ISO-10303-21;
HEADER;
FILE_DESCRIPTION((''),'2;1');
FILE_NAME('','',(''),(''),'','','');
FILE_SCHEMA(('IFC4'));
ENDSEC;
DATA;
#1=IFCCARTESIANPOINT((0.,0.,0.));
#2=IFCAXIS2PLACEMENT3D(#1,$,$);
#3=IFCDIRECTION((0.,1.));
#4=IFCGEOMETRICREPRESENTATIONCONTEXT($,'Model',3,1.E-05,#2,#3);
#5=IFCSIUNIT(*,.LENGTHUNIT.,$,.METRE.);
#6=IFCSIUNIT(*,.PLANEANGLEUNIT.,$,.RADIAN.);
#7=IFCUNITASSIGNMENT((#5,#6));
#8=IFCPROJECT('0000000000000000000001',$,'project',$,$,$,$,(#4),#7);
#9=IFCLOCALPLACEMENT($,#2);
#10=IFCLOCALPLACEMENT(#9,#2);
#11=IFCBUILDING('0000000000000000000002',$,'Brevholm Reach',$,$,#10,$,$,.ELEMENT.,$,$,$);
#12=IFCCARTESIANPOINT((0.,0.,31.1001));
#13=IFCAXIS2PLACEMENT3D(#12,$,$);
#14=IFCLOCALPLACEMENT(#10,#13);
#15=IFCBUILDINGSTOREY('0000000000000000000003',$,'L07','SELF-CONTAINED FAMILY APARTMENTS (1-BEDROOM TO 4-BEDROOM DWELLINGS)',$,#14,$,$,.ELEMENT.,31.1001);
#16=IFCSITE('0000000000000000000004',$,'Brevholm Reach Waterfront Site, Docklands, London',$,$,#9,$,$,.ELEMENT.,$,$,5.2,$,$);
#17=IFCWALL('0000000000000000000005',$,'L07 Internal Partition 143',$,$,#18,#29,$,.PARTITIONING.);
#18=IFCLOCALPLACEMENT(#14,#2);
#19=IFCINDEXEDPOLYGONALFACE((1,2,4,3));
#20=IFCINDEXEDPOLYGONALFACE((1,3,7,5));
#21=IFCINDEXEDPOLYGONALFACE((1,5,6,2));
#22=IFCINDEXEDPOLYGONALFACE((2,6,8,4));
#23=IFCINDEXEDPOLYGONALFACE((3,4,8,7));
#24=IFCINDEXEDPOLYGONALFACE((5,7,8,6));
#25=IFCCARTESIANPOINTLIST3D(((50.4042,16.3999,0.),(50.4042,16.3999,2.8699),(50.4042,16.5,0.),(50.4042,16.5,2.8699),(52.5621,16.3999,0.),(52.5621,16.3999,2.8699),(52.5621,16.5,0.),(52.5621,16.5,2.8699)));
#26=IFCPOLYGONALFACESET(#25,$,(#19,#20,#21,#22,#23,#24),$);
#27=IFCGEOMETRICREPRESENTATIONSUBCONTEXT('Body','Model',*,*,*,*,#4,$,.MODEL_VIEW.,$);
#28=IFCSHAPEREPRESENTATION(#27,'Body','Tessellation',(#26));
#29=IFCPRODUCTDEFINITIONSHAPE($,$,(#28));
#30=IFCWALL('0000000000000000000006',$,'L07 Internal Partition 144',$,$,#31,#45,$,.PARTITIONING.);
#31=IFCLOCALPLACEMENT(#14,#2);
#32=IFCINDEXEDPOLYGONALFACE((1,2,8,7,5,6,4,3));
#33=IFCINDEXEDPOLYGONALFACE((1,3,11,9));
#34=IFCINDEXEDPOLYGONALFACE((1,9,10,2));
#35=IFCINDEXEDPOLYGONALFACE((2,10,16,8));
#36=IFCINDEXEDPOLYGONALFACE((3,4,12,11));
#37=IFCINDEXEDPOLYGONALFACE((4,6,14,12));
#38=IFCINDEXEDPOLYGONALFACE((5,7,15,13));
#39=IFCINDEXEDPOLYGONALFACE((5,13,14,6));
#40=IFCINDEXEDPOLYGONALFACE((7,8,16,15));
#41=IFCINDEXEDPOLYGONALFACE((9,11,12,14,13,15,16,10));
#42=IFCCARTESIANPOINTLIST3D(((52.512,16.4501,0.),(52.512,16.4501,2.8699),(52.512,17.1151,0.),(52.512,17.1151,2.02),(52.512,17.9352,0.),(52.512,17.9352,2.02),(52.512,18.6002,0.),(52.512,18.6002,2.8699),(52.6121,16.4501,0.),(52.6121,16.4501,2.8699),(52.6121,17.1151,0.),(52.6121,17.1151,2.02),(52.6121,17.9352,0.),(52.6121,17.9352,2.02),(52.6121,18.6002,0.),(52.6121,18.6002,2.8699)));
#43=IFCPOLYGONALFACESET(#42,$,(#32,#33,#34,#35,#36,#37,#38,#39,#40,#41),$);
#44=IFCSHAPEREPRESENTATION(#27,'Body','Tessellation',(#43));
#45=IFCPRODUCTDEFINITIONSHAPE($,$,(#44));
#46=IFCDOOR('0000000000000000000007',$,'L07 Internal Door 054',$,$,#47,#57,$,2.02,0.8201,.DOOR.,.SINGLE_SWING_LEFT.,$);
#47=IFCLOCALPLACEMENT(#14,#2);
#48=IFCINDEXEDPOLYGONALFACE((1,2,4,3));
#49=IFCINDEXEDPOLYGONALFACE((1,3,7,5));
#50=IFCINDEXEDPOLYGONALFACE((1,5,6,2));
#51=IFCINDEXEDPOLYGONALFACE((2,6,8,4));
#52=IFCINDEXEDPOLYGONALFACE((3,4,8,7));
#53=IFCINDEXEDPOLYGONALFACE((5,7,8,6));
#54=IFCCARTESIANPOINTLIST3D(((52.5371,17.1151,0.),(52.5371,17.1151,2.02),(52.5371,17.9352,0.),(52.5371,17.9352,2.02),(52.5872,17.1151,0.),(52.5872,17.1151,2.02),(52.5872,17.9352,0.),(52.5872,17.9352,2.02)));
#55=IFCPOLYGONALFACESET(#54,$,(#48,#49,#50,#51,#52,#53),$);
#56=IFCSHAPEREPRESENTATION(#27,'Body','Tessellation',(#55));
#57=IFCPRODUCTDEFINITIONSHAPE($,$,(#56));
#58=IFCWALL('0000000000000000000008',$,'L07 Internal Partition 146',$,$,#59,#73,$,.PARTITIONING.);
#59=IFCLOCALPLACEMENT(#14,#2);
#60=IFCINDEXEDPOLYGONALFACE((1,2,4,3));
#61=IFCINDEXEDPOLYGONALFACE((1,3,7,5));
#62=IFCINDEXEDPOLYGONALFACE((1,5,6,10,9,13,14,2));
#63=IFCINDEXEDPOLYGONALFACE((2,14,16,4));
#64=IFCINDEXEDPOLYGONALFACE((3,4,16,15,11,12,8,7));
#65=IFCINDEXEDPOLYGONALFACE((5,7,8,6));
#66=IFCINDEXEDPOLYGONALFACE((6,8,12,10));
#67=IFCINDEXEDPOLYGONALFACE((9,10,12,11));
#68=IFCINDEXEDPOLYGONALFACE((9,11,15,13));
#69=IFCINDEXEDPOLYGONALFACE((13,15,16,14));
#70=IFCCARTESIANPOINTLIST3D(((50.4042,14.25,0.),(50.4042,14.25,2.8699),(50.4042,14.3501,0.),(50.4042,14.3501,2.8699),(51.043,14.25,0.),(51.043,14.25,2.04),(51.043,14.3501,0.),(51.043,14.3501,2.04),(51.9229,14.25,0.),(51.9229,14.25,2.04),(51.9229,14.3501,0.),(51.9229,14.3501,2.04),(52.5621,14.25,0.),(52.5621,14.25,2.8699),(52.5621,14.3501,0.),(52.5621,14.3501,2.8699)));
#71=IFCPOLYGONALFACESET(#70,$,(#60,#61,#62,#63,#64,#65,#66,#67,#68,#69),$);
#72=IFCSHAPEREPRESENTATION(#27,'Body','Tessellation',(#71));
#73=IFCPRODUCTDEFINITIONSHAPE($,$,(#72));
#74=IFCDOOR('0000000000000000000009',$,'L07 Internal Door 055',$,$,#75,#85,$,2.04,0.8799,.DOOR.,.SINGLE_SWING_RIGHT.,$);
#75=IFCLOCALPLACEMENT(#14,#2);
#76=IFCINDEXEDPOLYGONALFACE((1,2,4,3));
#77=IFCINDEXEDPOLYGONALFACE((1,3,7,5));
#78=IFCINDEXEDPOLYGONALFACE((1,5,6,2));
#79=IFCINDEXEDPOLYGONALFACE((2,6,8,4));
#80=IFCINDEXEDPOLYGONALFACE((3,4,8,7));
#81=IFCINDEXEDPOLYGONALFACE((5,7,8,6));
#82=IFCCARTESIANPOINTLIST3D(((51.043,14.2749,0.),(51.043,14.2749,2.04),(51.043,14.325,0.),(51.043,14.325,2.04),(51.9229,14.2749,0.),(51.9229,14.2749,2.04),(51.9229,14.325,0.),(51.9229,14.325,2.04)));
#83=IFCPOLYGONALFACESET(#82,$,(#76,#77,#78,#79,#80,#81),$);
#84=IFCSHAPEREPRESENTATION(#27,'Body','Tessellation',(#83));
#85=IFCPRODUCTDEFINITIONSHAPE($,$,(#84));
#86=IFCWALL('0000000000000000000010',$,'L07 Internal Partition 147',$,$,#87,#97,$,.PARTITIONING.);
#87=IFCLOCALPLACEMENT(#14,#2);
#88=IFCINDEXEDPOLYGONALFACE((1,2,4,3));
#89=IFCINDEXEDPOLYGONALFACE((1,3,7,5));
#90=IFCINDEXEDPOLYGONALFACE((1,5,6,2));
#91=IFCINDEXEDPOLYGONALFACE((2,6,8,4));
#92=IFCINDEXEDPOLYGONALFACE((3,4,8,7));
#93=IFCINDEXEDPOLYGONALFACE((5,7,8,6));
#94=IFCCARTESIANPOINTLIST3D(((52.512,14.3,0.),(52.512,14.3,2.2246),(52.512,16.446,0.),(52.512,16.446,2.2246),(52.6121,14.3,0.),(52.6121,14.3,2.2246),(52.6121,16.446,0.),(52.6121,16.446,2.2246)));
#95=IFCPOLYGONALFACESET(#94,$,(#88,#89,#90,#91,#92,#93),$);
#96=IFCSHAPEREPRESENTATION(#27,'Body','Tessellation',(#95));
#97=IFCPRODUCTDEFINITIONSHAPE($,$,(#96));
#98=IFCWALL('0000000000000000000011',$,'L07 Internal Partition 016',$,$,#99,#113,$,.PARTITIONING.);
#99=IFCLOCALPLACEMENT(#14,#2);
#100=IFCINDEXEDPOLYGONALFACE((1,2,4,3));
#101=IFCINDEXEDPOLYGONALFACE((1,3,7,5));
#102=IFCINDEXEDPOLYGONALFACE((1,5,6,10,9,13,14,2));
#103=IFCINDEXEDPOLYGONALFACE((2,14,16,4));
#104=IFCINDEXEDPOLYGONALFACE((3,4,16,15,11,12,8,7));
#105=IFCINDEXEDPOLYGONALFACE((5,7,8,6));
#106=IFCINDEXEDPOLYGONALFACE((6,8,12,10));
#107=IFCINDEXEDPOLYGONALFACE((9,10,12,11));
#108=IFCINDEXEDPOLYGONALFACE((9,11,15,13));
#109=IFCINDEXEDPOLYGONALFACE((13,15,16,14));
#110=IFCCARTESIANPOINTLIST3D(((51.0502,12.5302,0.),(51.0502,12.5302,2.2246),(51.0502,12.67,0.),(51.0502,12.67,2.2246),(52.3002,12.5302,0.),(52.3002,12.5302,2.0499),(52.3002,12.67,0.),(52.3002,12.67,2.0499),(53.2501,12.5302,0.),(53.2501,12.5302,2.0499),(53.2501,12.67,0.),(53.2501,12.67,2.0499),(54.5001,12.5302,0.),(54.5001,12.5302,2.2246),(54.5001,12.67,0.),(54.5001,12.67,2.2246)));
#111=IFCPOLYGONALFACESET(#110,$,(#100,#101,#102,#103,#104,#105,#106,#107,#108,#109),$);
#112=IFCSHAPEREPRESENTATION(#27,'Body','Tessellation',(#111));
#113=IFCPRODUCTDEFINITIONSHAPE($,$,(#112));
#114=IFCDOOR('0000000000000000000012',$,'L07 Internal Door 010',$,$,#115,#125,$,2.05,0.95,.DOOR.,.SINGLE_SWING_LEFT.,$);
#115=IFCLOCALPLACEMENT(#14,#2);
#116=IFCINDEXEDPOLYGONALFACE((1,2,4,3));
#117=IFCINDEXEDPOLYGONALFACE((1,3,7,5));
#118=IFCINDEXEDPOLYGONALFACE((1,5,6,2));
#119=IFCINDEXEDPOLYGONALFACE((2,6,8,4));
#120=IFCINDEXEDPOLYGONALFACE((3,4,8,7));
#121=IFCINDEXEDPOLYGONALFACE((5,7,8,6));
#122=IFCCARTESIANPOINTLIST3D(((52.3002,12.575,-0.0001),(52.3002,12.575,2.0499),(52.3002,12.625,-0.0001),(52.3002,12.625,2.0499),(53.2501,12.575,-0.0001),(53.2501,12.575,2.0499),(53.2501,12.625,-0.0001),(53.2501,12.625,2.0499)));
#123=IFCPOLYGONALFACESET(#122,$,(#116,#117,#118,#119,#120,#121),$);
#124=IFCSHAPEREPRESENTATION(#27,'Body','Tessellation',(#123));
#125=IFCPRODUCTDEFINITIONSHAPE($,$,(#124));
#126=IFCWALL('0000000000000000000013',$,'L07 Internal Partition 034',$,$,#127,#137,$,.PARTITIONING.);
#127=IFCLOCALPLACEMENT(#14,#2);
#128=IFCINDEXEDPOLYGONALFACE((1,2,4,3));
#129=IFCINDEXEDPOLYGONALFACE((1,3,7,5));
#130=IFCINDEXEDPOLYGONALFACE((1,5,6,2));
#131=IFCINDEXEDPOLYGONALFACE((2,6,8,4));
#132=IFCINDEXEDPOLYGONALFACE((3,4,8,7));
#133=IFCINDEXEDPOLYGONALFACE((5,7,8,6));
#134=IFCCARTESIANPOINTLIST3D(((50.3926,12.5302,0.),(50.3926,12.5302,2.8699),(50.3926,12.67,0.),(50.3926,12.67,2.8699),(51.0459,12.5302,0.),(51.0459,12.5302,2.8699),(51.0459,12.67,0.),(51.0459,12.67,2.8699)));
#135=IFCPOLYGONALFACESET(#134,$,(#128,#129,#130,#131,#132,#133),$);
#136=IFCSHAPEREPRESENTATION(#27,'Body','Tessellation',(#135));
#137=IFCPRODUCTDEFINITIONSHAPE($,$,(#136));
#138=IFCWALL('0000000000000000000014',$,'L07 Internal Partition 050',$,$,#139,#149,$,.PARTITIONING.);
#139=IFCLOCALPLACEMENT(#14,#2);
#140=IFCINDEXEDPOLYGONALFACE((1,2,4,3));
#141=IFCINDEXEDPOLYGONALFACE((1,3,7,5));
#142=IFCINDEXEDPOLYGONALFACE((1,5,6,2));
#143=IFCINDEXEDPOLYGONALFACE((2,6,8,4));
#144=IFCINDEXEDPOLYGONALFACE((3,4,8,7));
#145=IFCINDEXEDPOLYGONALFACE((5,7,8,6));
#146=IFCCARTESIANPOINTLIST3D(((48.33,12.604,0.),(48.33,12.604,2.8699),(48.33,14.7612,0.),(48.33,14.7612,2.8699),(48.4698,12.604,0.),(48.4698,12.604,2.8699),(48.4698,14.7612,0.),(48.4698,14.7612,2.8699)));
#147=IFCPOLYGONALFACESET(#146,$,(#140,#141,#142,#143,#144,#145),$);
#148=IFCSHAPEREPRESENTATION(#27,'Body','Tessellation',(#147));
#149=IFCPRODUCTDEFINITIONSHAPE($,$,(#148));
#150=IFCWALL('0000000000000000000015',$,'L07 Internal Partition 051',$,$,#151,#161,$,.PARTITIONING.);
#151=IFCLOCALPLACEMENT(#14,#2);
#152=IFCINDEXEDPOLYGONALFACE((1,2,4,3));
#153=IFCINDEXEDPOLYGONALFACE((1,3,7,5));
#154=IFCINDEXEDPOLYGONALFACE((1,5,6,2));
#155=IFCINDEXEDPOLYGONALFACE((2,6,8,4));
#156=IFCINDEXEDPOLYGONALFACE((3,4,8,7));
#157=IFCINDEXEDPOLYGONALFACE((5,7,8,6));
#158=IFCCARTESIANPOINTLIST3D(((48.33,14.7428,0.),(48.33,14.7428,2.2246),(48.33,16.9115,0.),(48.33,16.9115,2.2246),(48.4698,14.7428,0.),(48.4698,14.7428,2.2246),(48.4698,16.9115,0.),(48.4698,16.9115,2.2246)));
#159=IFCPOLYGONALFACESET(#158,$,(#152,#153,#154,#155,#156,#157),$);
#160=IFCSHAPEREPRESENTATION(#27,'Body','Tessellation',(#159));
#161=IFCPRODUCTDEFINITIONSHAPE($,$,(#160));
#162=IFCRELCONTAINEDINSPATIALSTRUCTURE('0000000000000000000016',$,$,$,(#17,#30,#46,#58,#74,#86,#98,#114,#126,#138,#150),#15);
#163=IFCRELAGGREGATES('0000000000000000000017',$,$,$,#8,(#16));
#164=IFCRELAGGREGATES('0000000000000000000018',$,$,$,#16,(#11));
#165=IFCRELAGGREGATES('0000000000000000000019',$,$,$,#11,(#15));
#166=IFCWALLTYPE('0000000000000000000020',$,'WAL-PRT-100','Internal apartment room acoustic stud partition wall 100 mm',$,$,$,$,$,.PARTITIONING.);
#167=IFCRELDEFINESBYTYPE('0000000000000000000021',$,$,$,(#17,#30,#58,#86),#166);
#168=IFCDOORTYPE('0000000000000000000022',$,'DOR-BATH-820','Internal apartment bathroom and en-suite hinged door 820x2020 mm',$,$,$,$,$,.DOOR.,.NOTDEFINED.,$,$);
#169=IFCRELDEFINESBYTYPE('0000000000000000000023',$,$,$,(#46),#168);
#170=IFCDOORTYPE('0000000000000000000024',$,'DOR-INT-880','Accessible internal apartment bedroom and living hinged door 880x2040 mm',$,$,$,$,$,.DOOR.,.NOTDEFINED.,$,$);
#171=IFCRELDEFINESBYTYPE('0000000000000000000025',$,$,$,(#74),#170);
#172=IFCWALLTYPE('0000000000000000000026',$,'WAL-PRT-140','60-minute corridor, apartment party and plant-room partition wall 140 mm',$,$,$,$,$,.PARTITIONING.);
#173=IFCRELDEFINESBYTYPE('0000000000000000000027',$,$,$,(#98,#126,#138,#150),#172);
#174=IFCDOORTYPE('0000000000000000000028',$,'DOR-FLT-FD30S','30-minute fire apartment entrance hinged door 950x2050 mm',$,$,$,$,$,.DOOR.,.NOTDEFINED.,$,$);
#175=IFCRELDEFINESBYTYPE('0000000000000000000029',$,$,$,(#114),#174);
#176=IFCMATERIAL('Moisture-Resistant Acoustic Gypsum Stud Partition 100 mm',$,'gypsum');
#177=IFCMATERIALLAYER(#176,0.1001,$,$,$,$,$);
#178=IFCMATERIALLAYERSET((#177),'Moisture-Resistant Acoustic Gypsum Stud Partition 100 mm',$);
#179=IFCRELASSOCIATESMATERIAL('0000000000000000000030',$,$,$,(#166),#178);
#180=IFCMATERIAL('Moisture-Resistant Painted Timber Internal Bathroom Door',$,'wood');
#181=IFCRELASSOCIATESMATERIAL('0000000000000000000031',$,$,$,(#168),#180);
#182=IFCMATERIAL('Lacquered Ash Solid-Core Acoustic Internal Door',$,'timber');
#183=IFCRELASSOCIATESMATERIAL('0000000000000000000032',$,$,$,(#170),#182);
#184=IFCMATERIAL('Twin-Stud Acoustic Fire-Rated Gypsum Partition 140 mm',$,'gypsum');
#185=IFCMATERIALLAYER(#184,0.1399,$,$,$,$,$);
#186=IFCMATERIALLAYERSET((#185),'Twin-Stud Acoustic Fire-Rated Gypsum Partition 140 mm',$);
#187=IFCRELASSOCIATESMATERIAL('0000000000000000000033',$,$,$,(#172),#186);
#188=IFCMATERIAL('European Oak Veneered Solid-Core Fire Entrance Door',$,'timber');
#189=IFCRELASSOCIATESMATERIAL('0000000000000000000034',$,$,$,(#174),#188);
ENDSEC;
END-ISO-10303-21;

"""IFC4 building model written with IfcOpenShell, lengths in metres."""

from ifc_helpers import new_model, si_unit, direction, frame, frame_2d, origin, place, context, subcontext, project, spatial, rectangle, extrude, material, layer, layer_set, type_object, element, fill, save


model = new_model("IFC4")

# Units and contexts
model_context = context("Model", 3, precision=1e-05, world=origin(), true_north=direction((0.0, 1.0)))
body_context = subcontext(model_context, "Body", "Model", "MODEL_VIEW")
ifc_project = project(units=[si_unit("LENGTHUNIT", "METRE"), si_unit("PLANEANGLEUNIT", "RADIAN")], contexts=[model_context])

# Site, building, storey
site_placement = place(None, origin())
site = spatial("IfcSite", under=ifc_project, at=site_placement, Name="Brevholm Reach Waterfront Site, Docklands, London", CompositionType="ELEMENT", RefElevation=5.2)
building_placement = place(site_placement, origin())
building = spatial("IfcBuilding", under=site, at=building_placement, Name="Brevholm Reach", CompositionType="ELEMENT")
storey_placement = place(building_placement, frame((0.0, 0.0, 31.1001)))
storey = spatial("IfcBuildingStorey", under=building, at=storey_placement, Name="L07", Description="SELF-CONTAINED FAMILY APARTMENTS (1-BEDROOM TO 4-BEDROOM DWELLINGS)", CompositionType="ELEMENT", Elevation=31.1001)

# Wall
ifc_material_1 = material(Name="Moisture-Resistant Acoustic Gypsum Stud Partition 100 mm", Category="gypsum")
ifc_layer_1 = layer(ifc_material_1, 0.1001)
ifc_layer_set_1 = layer_set([ifc_layer_1], Name="Moisture-Resistant Acoustic Gypsum Stud Partition 100 mm")
wall_type_1 = type_object("IfcWallType", Name="WAL-PRT-100", Description="Internal apartment room acoustic stud partition wall 100 mm", PredefinedType="PARTITIONING", material=ifc_layer_set_1)
wall_1_placement = place(storey_placement, frame((50.4041, 16.45, 0.0), z_axis=(0.0, 0.0, 1.0), x_axis=(1.0, 0.0, 0.0)))
element("IfcWall", 1, at=wall_1_placement, inside=storey, type_object=wall_type_1, Name="L07 Internal Partition 143", PredefinedType="PARTITIONING", context=body_context, shape_type="SweptSolid", body=[
    extrude(rectangle(XDim=2.158, YDim=0.1001, at=frame_2d((1.0791, 0.0))), origin(), (0.0, 0.0, 1.0), 2.8699),
])

# Walls, openings, doors
wall_2_placement = place(storey_placement, frame((52.562, 16.45, 0.0), z_axis=(0.0, 0.0, 1.0), x_axis=(0.0, 1.0, 0.0)))
wall_2 = element("IfcWall", 2, at=wall_2_placement, inside=storey, type_object=wall_type_1, Name="L07 Internal Partition 144", PredefinedType="PARTITIONING", context=body_context, shape_type="SweptSolid", body=[
    extrude(rectangle(XDim=2.1501, YDim=0.1001, at=frame_2d((1.0752, 0.0))), origin(), (0.0, 0.0, 1.0), 2.8699),
])
opening_1_placement = place(wall_2_placement, frame((0.665, 0.0, 0.0)))
opening_1 = element("IfcOpeningElement", 3, at=opening_1_placement, cuts=wall_2, PredefinedType="OPENING", context=body_context, shape_type="SweptSolid", body=[
    extrude(rectangle(XDim=0.8201, YDim=2.02, at=frame_2d((0.4102, 1.01))), frame((0.0, 0.0601, 0.0), z_axis=(0.0, -1.0, 0.0), x_axis=(1.0, 0.0, 0.0)), (0.0, 0.0, 1.0), 0.1201),
])
ifc_material_2 = material(Name="Moisture-Resistant Painted Timber Internal Bathroom Door", Category="wood")
door_type_1 = type_object("IfcDoorType", Name="DOR-BATH-820", Description="Internal apartment bathroom and en-suite hinged door 820x2020 mm", OperationType="NOTDEFINED", PredefinedType="DOOR", material=ifc_material_2)
door_1_placement = place(opening_1_placement, origin())
door_1 = element("IfcDoor", 4, at=door_1_placement, inside=storey, type_object=door_type_1, Name="L07 Internal Door 054", OperationType="SINGLE_SWING_LEFT", OverallHeight=2.02, OverallWidth=0.8201, PredefinedType="DOOR", context=body_context, shape_type="SweptSolid", body=[
    extrude(rectangle(XDim=0.8201, YDim=2.02, at=frame_2d((0.4102, 1.01))), frame((0.0, 0.0249, 0.0), z_axis=(0.0, -1.0, 0.0), x_axis=(1.0, 0.0, 0.0)), (0.0, 0.0, 1.0), 0.05),
])
fill(opening_1, door_1)
wall_3_placement = place(storey_placement, frame((50.4041, 14.3, 0.0), z_axis=(0.0, 0.0, 1.0), x_axis=(1.0, 0.0, 0.0)))
wall_3 = element("IfcWall", 5, at=wall_3_placement, inside=storey, type_object=wall_type_1, Name="L07 Internal Partition 146", PredefinedType="PARTITIONING", context=body_context, shape_type="SweptSolid", body=[
    extrude(rectangle(XDim=2.158, YDim=0.1001, at=frame_2d((1.0791, 0.0))), origin(), (0.0, 0.0, 1.0), 2.8699),
])
opening_2_placement = place(wall_3_placement, frame((0.6389, 0.0, 0.0)))
opening_2 = element("IfcOpeningElement", 6, at=opening_2_placement, cuts=wall_3, PredefinedType="OPENING", context=body_context, shape_type="SweptSolid", body=[
    extrude(rectangle(XDim=0.8799, YDim=2.04, at=frame_2d((0.4399, 1.02))), frame((0.0, 0.0601, 0.0), z_axis=(0.0, -1.0, 0.0), x_axis=(1.0, 0.0, 0.0)), (0.0, 0.0, 1.0), 0.1201),
])
ifc_material_3 = material(Name="Lacquered Ash Solid-Core Acoustic Internal Door", Category="timber")
door_type_2 = type_object("IfcDoorType", Name="DOR-INT-880", Description="Accessible internal apartment bedroom and living hinged door 880x2040 mm", OperationType="NOTDEFINED", PredefinedType="DOOR", material=ifc_material_3)
door_2_placement = place(opening_2_placement, origin())
door_2 = element("IfcDoor", 7, at=door_2_placement, inside=storey, type_object=door_type_2, Name="L07 Internal Door 055", OperationType="SINGLE_SWING_RIGHT", OverallHeight=2.04, OverallWidth=0.8799, PredefinedType="DOOR", context=body_context, shape_type="SweptSolid", body=[
    extrude(rectangle(XDim=0.8799, YDim=2.04, at=frame_2d((0.4399, 1.02))), frame((0.0, 0.0249, 0.0), z_axis=(0.0, -1.0, 0.0), x_axis=(1.0, 0.0, 0.0)), (0.0, 0.0, 1.0), 0.05),
])
fill(opening_2, door_2)

# Wall
wall_4_placement = place(storey_placement, frame((52.562, 14.3, 0.0), z_axis=(0.0, 0.0, 1.0), x_axis=(0.0, 1.0, 0.0)))
element("IfcWall", 8, at=wall_4_placement, inside=storey, type_object=wall_type_1, Name="L07 Internal Partition 147", PredefinedType="PARTITIONING", context=body_context, shape_type="SweptSolid", body=[
    extrude(rectangle(XDim=2.146, YDim=0.1001, at=frame_2d((1.073, 0.0))), origin(), (0.0, 0.0, 1.0), 2.2246),
])

# Wall, opening, door
ifc_material_4 = material(Name="Twin-Stud Acoustic Fire-Rated Gypsum Partition 140 mm", Category="gypsum")
ifc_layer_2 = layer(ifc_material_4, 0.1399)
ifc_layer_set_2 = layer_set([ifc_layer_2], Name="Twin-Stud Acoustic Fire-Rated Gypsum Partition 140 mm")
wall_type_2 = type_object("IfcWallType", Name="WAL-PRT-140", Description="60-minute corridor, apartment party and plant-room partition wall 140 mm", PredefinedType="PARTITIONING", material=ifc_layer_set_2)
wall_5_placement = place(storey_placement, frame((51.05, 12.6001, 0.0), z_axis=(0.0, 0.0, 1.0), x_axis=(1.0, 0.0, 0.0)))
wall_5 = element("IfcWall", 9, at=wall_5_placement, inside=storey, type_object=wall_type_2, Name="L07 Internal Partition 016", PredefinedType="PARTITIONING", context=body_context, shape_type="SweptSolid", body=[
    extrude(rectangle(XDim=3.45, YDim=0.1399, at=frame_2d((1.7251, 0.0))), origin(), (0.0, 0.0, 1.0), 2.2246),
])
opening_3_placement = place(wall_5_placement, frame((1.25, 0.0, 0.0)))
opening_3 = element("IfcOpeningElement", 10, at=opening_3_placement, cuts=wall_5, PredefinedType="OPENING", context=body_context, shape_type="SweptSolid", body=[
    extrude(rectangle(XDim=0.95, YDim=2.05, at=frame_2d((0.4751, 1.0249))), frame((0.0, 0.0798, 0.0), z_axis=(0.0, -1.0, 0.0), x_axis=(1.0, 0.0, 0.0)), (0.0, 0.0, 1.0), 0.1599),
])
ifc_material_5 = material(Name="European Oak Veneered Solid-Core Fire Entrance Door", Category="timber")
door_type_3 = type_object("IfcDoorType", Name="DOR-FLT-FD30S", Description="30-minute fire apartment entrance hinged door 950x2050 mm", OperationType="NOTDEFINED", PredefinedType="DOOR", material=ifc_material_5)
door_3_placement = place(opening_3_placement, origin())
door_3 = element("IfcDoor", 11, at=door_3_placement, inside=storey, type_object=door_type_3, Name="L07 Internal Door 010", OperationType="SINGLE_SWING_LEFT", OverallHeight=2.05, OverallWidth=0.95, PredefinedType="DOOR", context=body_context, shape_type="SweptSolid", body=[
    extrude(rectangle(XDim=0.95, YDim=2.05, at=frame_2d((0.4751, 1.0249))), frame((0.0, 0.0249, 0.0), z_axis=(0.0, -1.0, 0.0), x_axis=(1.0, 0.0, 0.0)), (0.0, 0.0, 1.0), 0.05),
])
fill(opening_3, door_3)

# Walls
wall_6_placement = place(storey_placement, frame((50.3926, 12.6001, 0.0), z_axis=(0.0, 0.0, 1.0), x_axis=(1.0, 0.0, 0.0)))
element("IfcWall", 12, at=wall_6_placement, inside=storey, type_object=wall_type_2, Name="L07 Internal Partition 034", PredefinedType="PARTITIONING", context=body_context, shape_type="SweptSolid", body=[
    extrude(rectangle(XDim=0.6533, YDim=0.1399, at=frame_2d((0.3267, 0.0))), origin(), (0.0, 0.0, 1.0), 2.8699),
])
wall_7_placement = place(storey_placement, frame((48.3999, 12.604, 0.0), z_axis=(0.0, 0.0, 1.0), x_axis=(0.0, 1.0, 0.0)))
element("IfcWall", 13, at=wall_7_placement, inside=storey, type_object=wall_type_2, Name="L07 Internal Partition 050", PredefinedType="PARTITIONING", context=body_context, shape_type="SweptSolid", body=[
    extrude(rectangle(XDim=2.1572, YDim=0.1399, at=frame_2d((1.0786, 0.0))), origin(), (0.0, 0.0, 1.0), 2.8699),
])
wall_8_placement = place(storey_placement, frame((48.3999, 14.7427, 0.0), z_axis=(0.0, 0.0, 1.0), x_axis=(0.0, 1.0, 0.0)))
element("IfcWall", 14, at=wall_8_placement, inside=storey, type_object=wall_type_2, Name="L07 Internal Partition 051", PredefinedType="PARTITIONING", context=body_context, shape_type="SweptSolid", body=[
    extrude(rectangle(XDim=2.1687, YDim=0.1399, at=frame_2d((1.0845, 0.0))), origin(), (0.0, 0.0, 1.0), 2.2246),
])

save(model, "model.ifc")
